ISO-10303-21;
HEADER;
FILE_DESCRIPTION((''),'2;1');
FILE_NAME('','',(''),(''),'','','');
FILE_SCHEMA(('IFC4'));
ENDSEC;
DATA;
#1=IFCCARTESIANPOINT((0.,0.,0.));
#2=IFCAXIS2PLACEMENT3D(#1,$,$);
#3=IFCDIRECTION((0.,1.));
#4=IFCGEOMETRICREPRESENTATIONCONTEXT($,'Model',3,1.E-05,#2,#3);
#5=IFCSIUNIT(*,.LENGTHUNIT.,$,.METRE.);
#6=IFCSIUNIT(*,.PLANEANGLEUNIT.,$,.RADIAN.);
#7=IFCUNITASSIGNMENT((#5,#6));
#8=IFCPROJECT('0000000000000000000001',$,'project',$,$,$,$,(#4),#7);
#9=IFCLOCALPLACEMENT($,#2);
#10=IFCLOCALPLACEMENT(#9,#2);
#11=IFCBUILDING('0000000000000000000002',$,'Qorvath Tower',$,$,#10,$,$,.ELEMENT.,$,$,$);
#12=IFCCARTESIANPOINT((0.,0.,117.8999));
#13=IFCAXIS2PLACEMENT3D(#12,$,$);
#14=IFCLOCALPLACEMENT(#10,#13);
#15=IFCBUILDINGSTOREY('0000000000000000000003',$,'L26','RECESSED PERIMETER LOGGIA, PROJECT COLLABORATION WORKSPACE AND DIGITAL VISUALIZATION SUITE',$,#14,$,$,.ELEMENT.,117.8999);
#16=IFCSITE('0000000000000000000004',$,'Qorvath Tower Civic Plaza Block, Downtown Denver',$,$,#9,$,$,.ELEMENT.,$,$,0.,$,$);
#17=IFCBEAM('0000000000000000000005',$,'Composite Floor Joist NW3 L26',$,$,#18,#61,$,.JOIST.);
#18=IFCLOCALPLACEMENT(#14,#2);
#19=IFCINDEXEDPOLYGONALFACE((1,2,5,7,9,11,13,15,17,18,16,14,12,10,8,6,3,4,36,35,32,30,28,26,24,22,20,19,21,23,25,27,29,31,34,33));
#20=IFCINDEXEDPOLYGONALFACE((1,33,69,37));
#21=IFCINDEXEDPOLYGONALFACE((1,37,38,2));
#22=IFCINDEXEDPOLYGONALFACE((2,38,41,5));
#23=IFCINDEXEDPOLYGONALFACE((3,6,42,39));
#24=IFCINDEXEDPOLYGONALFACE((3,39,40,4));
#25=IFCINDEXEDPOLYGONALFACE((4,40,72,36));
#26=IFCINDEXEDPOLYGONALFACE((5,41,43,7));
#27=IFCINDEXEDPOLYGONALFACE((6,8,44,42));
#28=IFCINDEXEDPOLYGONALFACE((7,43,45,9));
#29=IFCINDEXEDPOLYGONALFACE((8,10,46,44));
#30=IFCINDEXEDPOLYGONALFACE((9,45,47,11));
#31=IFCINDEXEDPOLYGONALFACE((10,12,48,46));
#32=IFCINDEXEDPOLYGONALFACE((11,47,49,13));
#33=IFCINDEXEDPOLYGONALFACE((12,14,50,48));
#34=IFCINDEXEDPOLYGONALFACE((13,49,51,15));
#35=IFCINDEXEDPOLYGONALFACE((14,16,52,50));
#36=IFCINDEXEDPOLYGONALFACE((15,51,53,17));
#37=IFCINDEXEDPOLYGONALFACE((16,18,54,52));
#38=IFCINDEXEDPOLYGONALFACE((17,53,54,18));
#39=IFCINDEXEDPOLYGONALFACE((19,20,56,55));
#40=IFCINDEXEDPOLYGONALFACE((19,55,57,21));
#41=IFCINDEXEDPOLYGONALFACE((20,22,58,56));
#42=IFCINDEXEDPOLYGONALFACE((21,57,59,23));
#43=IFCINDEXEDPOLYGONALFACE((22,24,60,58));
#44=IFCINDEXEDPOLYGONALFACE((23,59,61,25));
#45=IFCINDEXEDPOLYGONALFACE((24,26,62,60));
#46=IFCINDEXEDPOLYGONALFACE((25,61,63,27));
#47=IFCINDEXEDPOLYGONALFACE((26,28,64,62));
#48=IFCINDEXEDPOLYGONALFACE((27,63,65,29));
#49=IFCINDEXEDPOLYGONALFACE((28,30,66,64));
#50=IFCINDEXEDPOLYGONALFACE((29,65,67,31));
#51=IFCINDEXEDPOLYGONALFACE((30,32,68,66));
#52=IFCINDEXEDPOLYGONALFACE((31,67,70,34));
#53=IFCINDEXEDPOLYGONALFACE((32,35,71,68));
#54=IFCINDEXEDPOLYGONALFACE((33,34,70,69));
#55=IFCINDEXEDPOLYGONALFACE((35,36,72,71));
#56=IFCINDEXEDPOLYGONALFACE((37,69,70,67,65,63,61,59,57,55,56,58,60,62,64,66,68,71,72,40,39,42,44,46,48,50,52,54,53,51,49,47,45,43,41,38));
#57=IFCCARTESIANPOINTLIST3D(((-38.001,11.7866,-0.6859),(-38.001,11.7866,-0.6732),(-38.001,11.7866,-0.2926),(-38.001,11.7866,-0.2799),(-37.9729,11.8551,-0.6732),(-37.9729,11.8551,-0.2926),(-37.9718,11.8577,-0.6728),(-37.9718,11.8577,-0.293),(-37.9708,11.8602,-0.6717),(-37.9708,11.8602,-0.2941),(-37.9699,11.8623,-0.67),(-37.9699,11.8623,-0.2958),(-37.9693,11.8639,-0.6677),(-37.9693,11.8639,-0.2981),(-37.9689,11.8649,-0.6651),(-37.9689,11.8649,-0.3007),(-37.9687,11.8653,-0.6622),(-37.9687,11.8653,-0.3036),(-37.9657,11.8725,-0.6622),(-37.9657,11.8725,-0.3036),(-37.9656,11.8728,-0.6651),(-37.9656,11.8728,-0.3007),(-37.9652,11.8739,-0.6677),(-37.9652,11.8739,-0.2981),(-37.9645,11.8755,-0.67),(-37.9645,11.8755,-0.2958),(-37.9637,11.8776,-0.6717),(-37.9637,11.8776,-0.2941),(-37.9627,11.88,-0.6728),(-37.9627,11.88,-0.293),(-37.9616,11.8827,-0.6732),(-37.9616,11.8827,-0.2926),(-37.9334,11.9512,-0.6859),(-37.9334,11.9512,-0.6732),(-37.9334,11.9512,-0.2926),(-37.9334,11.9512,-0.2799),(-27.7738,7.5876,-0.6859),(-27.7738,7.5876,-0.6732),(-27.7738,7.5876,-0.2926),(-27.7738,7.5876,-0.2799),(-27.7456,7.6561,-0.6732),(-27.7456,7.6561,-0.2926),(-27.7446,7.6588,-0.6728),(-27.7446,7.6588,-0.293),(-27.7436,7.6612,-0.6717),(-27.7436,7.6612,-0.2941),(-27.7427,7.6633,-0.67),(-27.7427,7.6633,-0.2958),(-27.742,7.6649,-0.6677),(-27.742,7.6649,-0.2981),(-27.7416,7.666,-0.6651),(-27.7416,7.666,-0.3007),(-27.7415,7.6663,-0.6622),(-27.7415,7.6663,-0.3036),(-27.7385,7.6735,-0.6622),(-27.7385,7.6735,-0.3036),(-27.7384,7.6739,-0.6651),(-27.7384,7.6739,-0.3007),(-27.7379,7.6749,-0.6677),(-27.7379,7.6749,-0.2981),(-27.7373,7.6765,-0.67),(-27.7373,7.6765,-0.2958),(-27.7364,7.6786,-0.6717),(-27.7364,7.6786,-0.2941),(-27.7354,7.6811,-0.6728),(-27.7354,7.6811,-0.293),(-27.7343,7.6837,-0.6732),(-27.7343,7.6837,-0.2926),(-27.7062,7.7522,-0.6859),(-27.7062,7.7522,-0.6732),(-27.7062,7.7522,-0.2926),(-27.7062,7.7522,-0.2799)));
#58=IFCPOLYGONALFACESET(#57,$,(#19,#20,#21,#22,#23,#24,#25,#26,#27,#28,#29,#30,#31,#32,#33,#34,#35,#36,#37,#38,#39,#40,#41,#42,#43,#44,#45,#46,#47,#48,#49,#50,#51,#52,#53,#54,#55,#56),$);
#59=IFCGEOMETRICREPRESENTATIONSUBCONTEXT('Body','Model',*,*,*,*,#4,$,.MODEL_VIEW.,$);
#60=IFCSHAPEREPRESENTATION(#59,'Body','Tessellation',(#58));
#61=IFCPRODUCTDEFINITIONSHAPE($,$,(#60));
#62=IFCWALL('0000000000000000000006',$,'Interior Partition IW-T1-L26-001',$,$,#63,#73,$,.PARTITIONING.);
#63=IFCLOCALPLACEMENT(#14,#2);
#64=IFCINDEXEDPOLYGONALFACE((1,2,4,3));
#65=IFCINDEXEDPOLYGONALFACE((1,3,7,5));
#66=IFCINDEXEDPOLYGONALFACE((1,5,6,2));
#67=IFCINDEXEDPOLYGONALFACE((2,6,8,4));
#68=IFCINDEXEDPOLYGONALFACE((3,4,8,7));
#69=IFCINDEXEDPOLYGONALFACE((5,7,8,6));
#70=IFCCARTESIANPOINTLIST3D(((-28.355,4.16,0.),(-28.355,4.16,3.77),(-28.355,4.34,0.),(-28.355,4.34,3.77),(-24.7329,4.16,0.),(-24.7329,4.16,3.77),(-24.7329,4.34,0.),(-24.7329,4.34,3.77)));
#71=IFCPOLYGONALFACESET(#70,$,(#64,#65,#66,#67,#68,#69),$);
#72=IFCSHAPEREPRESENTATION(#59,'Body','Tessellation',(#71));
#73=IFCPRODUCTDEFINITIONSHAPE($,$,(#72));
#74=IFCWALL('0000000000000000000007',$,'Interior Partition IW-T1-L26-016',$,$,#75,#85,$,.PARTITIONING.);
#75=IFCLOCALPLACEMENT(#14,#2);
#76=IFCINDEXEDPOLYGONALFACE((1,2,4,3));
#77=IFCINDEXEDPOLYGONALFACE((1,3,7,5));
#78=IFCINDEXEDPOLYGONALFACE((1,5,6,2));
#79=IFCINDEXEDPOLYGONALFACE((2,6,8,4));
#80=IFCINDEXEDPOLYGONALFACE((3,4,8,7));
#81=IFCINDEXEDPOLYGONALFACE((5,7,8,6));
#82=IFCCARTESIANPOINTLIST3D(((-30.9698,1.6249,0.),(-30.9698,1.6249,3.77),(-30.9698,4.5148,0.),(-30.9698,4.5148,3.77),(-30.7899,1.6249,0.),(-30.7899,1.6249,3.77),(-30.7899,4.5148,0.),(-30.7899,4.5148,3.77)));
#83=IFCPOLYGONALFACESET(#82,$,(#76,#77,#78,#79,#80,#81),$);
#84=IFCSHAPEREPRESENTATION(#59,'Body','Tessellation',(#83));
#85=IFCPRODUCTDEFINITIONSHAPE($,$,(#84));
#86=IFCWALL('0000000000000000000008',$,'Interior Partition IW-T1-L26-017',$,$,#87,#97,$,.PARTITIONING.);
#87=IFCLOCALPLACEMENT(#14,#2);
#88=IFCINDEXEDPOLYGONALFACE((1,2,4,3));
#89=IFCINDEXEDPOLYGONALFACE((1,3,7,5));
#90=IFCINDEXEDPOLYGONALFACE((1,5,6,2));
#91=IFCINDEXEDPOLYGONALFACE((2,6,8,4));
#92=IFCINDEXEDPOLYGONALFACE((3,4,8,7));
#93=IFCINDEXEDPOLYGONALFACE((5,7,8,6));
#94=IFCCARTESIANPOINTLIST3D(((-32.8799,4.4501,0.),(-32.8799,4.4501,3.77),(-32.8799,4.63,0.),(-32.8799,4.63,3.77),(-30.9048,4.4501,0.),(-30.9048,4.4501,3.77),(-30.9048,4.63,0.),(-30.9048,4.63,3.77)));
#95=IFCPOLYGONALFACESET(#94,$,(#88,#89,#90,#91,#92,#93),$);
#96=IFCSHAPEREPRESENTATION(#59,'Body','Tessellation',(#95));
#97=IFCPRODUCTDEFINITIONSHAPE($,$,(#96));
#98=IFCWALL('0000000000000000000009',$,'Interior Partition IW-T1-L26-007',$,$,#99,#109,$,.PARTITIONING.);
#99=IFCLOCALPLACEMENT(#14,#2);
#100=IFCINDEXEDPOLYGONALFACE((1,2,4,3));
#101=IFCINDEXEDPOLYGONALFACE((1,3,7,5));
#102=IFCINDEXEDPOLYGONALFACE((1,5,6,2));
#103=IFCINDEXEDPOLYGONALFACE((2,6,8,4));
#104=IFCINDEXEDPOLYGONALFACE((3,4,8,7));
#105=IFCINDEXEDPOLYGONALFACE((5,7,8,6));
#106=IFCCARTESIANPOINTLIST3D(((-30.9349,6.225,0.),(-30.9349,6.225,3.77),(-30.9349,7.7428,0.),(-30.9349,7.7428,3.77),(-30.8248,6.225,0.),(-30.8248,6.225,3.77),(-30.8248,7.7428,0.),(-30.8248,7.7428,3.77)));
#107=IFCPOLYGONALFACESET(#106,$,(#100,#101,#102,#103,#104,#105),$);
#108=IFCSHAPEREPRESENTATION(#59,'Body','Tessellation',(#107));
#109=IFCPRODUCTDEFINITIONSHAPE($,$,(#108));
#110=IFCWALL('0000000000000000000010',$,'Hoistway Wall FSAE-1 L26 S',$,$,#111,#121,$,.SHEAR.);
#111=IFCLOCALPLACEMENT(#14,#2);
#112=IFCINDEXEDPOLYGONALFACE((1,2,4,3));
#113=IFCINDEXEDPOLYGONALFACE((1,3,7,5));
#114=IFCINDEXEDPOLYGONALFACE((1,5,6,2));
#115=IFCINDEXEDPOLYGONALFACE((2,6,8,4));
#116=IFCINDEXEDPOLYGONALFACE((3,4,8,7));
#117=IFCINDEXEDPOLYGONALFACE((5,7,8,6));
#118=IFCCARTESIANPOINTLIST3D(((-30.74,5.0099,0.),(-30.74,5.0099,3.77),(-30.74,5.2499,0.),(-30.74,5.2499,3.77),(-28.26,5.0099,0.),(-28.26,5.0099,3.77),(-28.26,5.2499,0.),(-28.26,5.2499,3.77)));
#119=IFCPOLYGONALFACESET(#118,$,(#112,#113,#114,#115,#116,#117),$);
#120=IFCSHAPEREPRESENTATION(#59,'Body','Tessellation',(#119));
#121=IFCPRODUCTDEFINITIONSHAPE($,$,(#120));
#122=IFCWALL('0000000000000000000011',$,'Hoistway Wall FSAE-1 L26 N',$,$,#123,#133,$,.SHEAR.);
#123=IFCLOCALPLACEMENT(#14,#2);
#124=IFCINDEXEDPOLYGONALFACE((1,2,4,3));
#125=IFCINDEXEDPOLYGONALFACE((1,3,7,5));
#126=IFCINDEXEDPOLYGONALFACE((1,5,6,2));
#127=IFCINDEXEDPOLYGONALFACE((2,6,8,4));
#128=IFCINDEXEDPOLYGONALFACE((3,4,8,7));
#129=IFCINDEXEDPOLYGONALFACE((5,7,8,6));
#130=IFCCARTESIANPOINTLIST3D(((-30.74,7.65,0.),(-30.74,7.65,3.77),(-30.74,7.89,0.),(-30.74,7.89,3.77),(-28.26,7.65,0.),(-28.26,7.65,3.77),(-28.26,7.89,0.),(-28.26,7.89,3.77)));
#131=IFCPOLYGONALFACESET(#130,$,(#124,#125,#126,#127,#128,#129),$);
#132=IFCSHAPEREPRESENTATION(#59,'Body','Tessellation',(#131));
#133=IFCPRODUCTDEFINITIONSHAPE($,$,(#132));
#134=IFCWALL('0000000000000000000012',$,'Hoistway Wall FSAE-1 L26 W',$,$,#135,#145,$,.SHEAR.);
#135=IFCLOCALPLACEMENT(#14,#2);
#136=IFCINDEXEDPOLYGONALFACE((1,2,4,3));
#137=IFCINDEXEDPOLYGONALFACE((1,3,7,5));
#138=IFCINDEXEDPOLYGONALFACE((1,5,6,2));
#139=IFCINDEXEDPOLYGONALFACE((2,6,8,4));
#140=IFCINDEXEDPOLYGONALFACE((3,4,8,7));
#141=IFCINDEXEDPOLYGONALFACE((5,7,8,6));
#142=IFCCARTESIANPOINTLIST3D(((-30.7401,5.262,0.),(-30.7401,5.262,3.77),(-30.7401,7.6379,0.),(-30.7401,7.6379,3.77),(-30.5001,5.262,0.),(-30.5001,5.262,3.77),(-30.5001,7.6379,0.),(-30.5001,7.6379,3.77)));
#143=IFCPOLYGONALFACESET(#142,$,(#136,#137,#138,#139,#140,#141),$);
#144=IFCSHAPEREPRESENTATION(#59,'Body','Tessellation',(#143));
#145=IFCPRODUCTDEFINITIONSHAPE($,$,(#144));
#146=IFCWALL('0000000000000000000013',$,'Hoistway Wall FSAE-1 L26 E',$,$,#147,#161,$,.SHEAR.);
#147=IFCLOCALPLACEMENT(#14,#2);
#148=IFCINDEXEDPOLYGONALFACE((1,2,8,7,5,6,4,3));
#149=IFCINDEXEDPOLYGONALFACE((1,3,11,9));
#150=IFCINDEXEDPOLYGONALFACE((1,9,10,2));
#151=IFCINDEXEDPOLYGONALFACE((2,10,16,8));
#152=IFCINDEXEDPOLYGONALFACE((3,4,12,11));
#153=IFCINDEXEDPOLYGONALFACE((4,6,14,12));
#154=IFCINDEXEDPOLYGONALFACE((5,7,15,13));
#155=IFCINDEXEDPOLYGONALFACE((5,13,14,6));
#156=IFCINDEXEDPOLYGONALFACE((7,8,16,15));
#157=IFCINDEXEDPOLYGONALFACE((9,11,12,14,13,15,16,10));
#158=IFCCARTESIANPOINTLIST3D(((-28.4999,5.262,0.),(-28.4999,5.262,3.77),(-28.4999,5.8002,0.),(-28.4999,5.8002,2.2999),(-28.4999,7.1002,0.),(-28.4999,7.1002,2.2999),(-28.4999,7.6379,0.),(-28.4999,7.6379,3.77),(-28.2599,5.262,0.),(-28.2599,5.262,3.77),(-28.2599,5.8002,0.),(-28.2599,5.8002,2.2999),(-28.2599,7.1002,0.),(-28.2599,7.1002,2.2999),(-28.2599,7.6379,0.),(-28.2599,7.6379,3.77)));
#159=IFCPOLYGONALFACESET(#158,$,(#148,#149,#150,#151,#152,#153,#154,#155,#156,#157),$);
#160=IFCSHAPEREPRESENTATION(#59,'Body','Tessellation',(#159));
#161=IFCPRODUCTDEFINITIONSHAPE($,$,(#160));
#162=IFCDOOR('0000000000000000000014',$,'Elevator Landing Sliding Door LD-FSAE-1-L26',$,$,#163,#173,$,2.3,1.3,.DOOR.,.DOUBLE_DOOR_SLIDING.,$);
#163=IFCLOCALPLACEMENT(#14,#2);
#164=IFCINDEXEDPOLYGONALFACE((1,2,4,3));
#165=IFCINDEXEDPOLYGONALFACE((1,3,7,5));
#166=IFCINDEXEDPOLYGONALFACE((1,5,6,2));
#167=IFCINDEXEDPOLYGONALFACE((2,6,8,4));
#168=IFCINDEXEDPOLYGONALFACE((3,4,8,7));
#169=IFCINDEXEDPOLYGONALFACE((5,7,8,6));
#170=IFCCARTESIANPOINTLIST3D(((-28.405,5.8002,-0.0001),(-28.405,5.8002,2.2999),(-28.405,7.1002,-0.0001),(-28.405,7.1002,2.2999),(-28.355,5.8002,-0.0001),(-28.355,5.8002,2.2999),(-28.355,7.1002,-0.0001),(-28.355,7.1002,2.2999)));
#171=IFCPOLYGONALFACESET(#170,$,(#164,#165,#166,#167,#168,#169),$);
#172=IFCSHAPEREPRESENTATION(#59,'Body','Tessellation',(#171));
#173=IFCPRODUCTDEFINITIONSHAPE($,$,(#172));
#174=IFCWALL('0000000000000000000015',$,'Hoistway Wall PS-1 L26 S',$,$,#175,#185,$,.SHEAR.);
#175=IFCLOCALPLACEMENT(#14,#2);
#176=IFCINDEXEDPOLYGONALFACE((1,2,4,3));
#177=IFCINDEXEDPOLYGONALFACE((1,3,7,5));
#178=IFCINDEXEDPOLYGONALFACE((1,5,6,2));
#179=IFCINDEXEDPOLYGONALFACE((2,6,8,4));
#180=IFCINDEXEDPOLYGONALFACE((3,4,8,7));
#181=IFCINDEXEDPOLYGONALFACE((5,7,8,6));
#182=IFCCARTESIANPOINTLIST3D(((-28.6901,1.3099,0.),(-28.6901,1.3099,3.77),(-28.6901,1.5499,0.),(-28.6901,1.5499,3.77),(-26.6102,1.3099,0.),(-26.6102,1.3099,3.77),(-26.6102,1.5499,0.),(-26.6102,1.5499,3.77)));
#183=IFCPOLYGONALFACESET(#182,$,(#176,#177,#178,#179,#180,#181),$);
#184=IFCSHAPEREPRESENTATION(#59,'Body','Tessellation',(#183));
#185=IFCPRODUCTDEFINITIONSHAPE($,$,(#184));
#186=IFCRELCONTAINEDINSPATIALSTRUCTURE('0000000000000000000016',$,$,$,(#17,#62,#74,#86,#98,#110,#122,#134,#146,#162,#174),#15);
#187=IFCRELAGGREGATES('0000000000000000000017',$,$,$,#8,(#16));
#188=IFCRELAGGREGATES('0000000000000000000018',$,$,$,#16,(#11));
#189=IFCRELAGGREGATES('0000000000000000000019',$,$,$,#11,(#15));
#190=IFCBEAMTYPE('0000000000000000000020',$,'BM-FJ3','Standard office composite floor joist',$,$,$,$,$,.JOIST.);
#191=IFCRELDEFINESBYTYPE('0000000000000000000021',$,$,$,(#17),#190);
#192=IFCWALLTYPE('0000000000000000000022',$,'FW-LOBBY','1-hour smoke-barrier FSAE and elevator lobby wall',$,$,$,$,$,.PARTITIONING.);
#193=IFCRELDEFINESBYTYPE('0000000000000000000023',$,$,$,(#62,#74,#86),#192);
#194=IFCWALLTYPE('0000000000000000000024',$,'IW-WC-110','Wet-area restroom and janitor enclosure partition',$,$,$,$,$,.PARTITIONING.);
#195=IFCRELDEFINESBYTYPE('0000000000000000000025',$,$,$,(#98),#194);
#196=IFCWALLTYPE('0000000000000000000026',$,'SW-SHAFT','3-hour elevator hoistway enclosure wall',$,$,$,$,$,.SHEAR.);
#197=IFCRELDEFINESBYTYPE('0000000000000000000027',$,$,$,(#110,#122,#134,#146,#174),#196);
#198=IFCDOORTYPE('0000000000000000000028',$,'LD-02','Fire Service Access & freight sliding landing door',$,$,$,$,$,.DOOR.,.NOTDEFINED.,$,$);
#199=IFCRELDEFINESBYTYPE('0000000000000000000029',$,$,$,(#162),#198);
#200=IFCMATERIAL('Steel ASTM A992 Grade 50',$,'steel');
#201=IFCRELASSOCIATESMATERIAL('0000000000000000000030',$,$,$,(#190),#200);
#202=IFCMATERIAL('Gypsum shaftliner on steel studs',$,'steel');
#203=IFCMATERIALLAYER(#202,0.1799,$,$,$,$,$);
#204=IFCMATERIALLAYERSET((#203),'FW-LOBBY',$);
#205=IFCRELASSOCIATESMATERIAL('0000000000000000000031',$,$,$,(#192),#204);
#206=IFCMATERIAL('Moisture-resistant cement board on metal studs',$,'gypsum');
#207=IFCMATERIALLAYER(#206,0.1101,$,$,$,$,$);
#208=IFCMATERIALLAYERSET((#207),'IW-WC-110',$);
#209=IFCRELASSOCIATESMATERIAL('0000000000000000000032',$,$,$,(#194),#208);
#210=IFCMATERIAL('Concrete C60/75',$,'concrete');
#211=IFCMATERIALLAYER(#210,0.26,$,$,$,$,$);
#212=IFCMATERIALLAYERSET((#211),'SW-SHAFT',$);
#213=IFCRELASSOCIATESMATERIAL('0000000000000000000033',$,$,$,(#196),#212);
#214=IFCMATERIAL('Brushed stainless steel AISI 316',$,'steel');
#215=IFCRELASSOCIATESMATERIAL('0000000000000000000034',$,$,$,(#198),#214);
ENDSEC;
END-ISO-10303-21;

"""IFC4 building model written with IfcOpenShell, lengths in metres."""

from ifc_helpers import new_model, si_unit, direction, frame, frame_2d, origin, origin_2d, place, context, subcontext, project, spatial, rectangle, i_section, extrude, material, layer, layer_set, material_profile, profile_set, type_object, element, fill, save


model = new_model("IFC4")

# Units and contexts
model_context = context("Model", 3, precision=1e-05, world=origin(), true_north=direction((0.0, 1.0)))
body_context = subcontext(model_context, "Body", "Model", "MODEL_VIEW")
ifc_project = project(units=[si_unit("LENGTHUNIT", "METRE"), si_unit("PLANEANGLEUNIT", "RADIAN")], contexts=[model_context])

# Site, building, storey
site_placement = place(None, origin())
site = spatial("IfcSite", under=ifc_project, at=site_placement, Name="Qorvath Tower Civic Plaza Block, Downtown Denver", CompositionType="ELEMENT", RefElevation=0.0)
building_placement = place(site_placement, origin())
building = spatial("IfcBuilding", under=site, at=building_placement, Name="Qorvath Tower", CompositionType="ELEMENT")
storey_placement = place(building_placement, frame((0.0, 0.0, 117.8999)))
storey = spatial("IfcBuildingStorey", under=building, at=storey_placement, Name="L26", Description="RECESSED PERIMETER LOGGIA, PROJECT COLLABORATION WORKSPACE AND DIGITAL VISUALIZATION SUITE", CompositionType="ELEMENT", Elevation=117.8999)

# Beam
ifc_material_1 = material(Name="Steel ASTM A992 Grade 50", Category="steel")
ifc_material_profile_1 = material_profile(ifc_material_1, i_section(OverallWidth=0.178, OverallDepth=0.406, WebThickness=0.0078, FlangeThickness=0.0127, FilletRadius=0.011, at=origin_2d()), Name="W16x40")
ifc_profile_set_1 = profile_set([ifc_material_profile_1], Name="Steel ASTM A992 Grade 50")
beam_type_1 = type_object("IfcBeamType", Name="BM-FJ3", Description="Standard office composite floor joist", PredefinedType="JOIST", material=ifc_profile_set_1)
beam_1_placement = place(storey_placement, frame((-27.74, 7.6699, -0.4829), z_axis=(-0.925068, 0.379801, 0.0), x_axis=(-0.379801, -0.925068, 0.0)))
element("IfcBeam", 1, at=beam_1_placement, inside=storey, type_object=beam_type_1, Name="Composite Floor Joist NW3 L26", PredefinedType="JOIST", context=body_context, shape_type="SweptSolid", body=[
    extrude(i_section(OverallWidth=0.178, OverallDepth=0.406, WebThickness=0.0078, FlangeThickness=0.0127, FilletRadius=0.011, at=origin_2d()), origin(), (0.0, 0.0, 1.0), 11.0557),
])

# Walls
ifc_material_2 = material(Name="Gypsum shaftliner on steel studs", Category="steel")
ifc_layer_1 = layer(ifc_material_2, 0.1799)
ifc_layer_set_1 = layer_set([ifc_layer_1], Name="FW-LOBBY")
wall_type_1 = type_object("IfcWallType", Name="FW-LOBBY", Description="1-hour smoke-barrier FSAE and elevator lobby wall", PredefinedType="PARTITIONING", material=ifc_layer_set_1)
wall_1_placement = place(storey_placement, frame((-28.355, 4.25, 0.0), z_axis=(0.0, 0.0, 1.0), x_axis=(1.0, 0.0, 0.0)))
element("IfcWall", 2, at=wall_1_placement, inside=storey, type_object=wall_type_1, Name="Interior Partition IW-T1-L26-001", PredefinedType="PARTITIONING", context=body_context, shape_type="SweptSolid", body=[
    extrude(rectangle(XDim=3.6221, YDim=0.1799, at=frame_2d((1.811, 0.0))), origin(), (0.0, 0.0, 1.0), 3.77),
])
wall_2_placement = place(storey_placement, frame((-30.8799, 1.625, 0.0), z_axis=(0.0, 0.0, 1.0), x_axis=(0.0, 1.0, 0.0)))
element("IfcWall", 3, at=wall_2_placement, inside=storey, type_object=wall_type_1, Name="Interior Partition IW-T1-L26-016", PredefinedType="PARTITIONING", context=body_context, shape_type="SweptSolid", body=[
    extrude(rectangle(XDim=2.8899, YDim=0.1799, at=frame_2d((1.4448, 0.0))), origin(), (0.0, 0.0, 1.0), 3.77),
])
wall_3_placement = place(storey_placement, frame((-30.9048, 4.54, 0.0), z_axis=(0.0, 0.0, 1.0), x_axis=(-1.0, 0.0, 0.0)))
element("IfcWall", 4, at=wall_3_placement, inside=storey, type_object=wall_type_1, Name="Interior Partition IW-T1-L26-017", PredefinedType="PARTITIONING", context=body_context, shape_type="SweptSolid", body=[
    extrude(rectangle(XDim=1.9751, YDim=0.1799, at=frame_2d((0.9875, 0.0))), origin(), (0.0, 0.0, 1.0), 3.77),
])
ifc_material_3 = material(Name="Moisture-resistant cement board on metal studs", Category="gypsum")
ifc_layer_2 = layer(ifc_material_3, 0.1101)
ifc_layer_set_2 = layer_set([ifc_layer_2], Name="IW-WC-110")
wall_type_2 = type_object("IfcWallType", Name="IW-WC-110", Description="Wet-area restroom and janitor enclosure partition", PredefinedType="PARTITIONING", material=ifc_layer_set_2)
wall_4_placement = place(storey_placement, frame((-30.8799, 6.2251, 0.0), z_axis=(0.0, 0.0, 1.0), x_axis=(0.0, 1.0, 0.0)))
element("IfcWall", 5, at=wall_4_placement, inside=storey, type_object=wall_type_2, Name="Interior Partition IW-T1-L26-007", PredefinedType="PARTITIONING", context=body_context, shape_type="SweptSolid", body=[
    extrude(rectangle(XDim=1.5178, YDim=0.1101, at=frame_2d((0.7588, 0.0))), origin(), (0.0, 0.0, 1.0), 3.77),
])
ifc_material_4 = material(Name="Concrete C60/75", Category="concrete")
ifc_layer_3 = layer(ifc_material_4, 0.26)
ifc_layer_set_3 = layer_set([ifc_layer_3], Name="SW-SHAFT")
wall_type_3 = type_object("IfcWallType", Name="SW-SHAFT", Description="3-hour elevator hoistway enclosure wall", PredefinedType="SHEAR", material=ifc_layer_set_3)
for number, where, z_axis, x_axis, name in (
    (6, (-28.26, 5.1299, 0.0), (0.0, 0.0, 1.0), (-1.0, 0.0, 0.0), "Hoistway Wall FSAE-1 L26 S"),
    (7, (-30.74, 7.77, 0.0), (0.0, 0.0, 1.0), (1.0, 0.0, 0.0), "Hoistway Wall FSAE-1 L26 N"),
):
    element("IfcWall", number, at=place(storey_placement, frame(where, z_axis=z_axis, x_axis=x_axis)), inside=storey, type_object=wall_type_3, Name=name, PredefinedType="SHEAR", context=body_context, shape_type="SweptSolid", body=[
        extrude(rectangle(XDim=2.48, YDim=0.24, at=frame_2d((1.24, 0.0))), origin(), (0.0, 0.0, 1.0), 3.77),
    ])
wall_5_placement = place(storey_placement, frame((-30.6201, 5.262, 0.0), z_axis=(0.0, 0.0, 1.0), x_axis=(0.0, 1.0, 0.0)))
element("IfcWall", 8, at=wall_5_placement, inside=storey, type_object=wall_type_3, Name="Hoistway Wall FSAE-1 L26 W", PredefinedType="SHEAR", context=body_context, shape_type="SweptSolid", body=[
    extrude(rectangle(XDim=2.376, YDim=0.24, at=frame_2d((1.188, 0.0))), origin(), (0.0, 0.0, 1.0), 3.77),
])

# Wall, opening, door
wall_6_placement = place(storey_placement, frame((-28.3799, 7.6379, 0.0), z_axis=(0.0, 0.0, 1.0), x_axis=(0.0, -1.0, 0.0)))
wall_6 = element("IfcWall", 9, at=wall_6_placement, inside=storey, type_object=wall_type_3, Name="Hoistway Wall FSAE-1 L26 E", PredefinedType="SHEAR", context=body_context, shape_type="SweptSolid", body=[
    extrude(rectangle(XDim=2.376, YDim=0.24, at=frame_2d((1.188, 0.0))), origin(), (0.0, 0.0, 1.0), 3.77),
])
opening_1_placement = place(wall_6_placement, frame((0.5378, 0.0, 0.0)))
opening_1 = element("IfcOpeningElement", 10, at=opening_1_placement, cuts=wall_6, PredefinedType="OPENING", context=body_context, shape_type="SweptSolid", body=[
    extrude(rectangle(XDim=1.3, YDim=2.3, at=frame_2d((0.6499, 1.1499))), frame((0.0, 0.1299, 0.0), z_axis=(0.0, -1.0, 0.0), x_axis=(1.0, 0.0, 0.0)), (0.0, 0.0, 1.0), 0.26),
])
ifc_material_5 = material(Name="Brushed stainless steel AISI 316", Category="steel")
door_type_1 = type_object("IfcDoorType", Name="LD-02", Description="Fire Service Access & freight sliding landing door", OperationType="NOTDEFINED", PredefinedType="DOOR", material=ifc_material_5)
door_1_placement = place(opening_1_placement, origin())
door_1 = element("IfcDoor", 11, at=door_1_placement, inside=storey, type_object=door_type_1, Name="Elevator Landing Sliding Door LD-FSAE-1-L26", OperationType="DOUBLE_DOOR_SLIDING", OverallHeight=2.3, OverallWidth=1.3, PredefinedType="DOOR", context=body_context, shape_type="SweptSolid", body=[
    extrude(rectangle(XDim=1.3, YDim=2.3, at=frame_2d((0.6499, 1.1499))), frame((0.0, 0.0249, 0.0), z_axis=(0.0, -1.0, 0.0), x_axis=(1.0, 0.0, 0.0)), (0.0, 0.0, 1.0), 0.05),
])
fill(opening_1, door_1)

# Wall
for number, where, z_axis, x_axis, name in (
    (12, (-26.6101, 1.4299, 0.0), (0.0, 0.0, 1.0), (-1.0, 0.0, 0.0), "Hoistway Wall PS-1 L26 S"),
):
    element("IfcWall", number, at=place(storey_placement, frame(where, z_axis=z_axis, x_axis=x_axis)), inside=storey, type_object=wall_type_3, Name=name, PredefinedType="SHEAR", context=body_context, shape_type="SweptSolid", body=[
        extrude(rectangle(XDim=2.0798, YDim=0.24, at=frame_2d((1.04, 0.0))), origin(), (0.0, 0.0, 1.0), 3.77),
    ])

save(model, "model.ifc")
